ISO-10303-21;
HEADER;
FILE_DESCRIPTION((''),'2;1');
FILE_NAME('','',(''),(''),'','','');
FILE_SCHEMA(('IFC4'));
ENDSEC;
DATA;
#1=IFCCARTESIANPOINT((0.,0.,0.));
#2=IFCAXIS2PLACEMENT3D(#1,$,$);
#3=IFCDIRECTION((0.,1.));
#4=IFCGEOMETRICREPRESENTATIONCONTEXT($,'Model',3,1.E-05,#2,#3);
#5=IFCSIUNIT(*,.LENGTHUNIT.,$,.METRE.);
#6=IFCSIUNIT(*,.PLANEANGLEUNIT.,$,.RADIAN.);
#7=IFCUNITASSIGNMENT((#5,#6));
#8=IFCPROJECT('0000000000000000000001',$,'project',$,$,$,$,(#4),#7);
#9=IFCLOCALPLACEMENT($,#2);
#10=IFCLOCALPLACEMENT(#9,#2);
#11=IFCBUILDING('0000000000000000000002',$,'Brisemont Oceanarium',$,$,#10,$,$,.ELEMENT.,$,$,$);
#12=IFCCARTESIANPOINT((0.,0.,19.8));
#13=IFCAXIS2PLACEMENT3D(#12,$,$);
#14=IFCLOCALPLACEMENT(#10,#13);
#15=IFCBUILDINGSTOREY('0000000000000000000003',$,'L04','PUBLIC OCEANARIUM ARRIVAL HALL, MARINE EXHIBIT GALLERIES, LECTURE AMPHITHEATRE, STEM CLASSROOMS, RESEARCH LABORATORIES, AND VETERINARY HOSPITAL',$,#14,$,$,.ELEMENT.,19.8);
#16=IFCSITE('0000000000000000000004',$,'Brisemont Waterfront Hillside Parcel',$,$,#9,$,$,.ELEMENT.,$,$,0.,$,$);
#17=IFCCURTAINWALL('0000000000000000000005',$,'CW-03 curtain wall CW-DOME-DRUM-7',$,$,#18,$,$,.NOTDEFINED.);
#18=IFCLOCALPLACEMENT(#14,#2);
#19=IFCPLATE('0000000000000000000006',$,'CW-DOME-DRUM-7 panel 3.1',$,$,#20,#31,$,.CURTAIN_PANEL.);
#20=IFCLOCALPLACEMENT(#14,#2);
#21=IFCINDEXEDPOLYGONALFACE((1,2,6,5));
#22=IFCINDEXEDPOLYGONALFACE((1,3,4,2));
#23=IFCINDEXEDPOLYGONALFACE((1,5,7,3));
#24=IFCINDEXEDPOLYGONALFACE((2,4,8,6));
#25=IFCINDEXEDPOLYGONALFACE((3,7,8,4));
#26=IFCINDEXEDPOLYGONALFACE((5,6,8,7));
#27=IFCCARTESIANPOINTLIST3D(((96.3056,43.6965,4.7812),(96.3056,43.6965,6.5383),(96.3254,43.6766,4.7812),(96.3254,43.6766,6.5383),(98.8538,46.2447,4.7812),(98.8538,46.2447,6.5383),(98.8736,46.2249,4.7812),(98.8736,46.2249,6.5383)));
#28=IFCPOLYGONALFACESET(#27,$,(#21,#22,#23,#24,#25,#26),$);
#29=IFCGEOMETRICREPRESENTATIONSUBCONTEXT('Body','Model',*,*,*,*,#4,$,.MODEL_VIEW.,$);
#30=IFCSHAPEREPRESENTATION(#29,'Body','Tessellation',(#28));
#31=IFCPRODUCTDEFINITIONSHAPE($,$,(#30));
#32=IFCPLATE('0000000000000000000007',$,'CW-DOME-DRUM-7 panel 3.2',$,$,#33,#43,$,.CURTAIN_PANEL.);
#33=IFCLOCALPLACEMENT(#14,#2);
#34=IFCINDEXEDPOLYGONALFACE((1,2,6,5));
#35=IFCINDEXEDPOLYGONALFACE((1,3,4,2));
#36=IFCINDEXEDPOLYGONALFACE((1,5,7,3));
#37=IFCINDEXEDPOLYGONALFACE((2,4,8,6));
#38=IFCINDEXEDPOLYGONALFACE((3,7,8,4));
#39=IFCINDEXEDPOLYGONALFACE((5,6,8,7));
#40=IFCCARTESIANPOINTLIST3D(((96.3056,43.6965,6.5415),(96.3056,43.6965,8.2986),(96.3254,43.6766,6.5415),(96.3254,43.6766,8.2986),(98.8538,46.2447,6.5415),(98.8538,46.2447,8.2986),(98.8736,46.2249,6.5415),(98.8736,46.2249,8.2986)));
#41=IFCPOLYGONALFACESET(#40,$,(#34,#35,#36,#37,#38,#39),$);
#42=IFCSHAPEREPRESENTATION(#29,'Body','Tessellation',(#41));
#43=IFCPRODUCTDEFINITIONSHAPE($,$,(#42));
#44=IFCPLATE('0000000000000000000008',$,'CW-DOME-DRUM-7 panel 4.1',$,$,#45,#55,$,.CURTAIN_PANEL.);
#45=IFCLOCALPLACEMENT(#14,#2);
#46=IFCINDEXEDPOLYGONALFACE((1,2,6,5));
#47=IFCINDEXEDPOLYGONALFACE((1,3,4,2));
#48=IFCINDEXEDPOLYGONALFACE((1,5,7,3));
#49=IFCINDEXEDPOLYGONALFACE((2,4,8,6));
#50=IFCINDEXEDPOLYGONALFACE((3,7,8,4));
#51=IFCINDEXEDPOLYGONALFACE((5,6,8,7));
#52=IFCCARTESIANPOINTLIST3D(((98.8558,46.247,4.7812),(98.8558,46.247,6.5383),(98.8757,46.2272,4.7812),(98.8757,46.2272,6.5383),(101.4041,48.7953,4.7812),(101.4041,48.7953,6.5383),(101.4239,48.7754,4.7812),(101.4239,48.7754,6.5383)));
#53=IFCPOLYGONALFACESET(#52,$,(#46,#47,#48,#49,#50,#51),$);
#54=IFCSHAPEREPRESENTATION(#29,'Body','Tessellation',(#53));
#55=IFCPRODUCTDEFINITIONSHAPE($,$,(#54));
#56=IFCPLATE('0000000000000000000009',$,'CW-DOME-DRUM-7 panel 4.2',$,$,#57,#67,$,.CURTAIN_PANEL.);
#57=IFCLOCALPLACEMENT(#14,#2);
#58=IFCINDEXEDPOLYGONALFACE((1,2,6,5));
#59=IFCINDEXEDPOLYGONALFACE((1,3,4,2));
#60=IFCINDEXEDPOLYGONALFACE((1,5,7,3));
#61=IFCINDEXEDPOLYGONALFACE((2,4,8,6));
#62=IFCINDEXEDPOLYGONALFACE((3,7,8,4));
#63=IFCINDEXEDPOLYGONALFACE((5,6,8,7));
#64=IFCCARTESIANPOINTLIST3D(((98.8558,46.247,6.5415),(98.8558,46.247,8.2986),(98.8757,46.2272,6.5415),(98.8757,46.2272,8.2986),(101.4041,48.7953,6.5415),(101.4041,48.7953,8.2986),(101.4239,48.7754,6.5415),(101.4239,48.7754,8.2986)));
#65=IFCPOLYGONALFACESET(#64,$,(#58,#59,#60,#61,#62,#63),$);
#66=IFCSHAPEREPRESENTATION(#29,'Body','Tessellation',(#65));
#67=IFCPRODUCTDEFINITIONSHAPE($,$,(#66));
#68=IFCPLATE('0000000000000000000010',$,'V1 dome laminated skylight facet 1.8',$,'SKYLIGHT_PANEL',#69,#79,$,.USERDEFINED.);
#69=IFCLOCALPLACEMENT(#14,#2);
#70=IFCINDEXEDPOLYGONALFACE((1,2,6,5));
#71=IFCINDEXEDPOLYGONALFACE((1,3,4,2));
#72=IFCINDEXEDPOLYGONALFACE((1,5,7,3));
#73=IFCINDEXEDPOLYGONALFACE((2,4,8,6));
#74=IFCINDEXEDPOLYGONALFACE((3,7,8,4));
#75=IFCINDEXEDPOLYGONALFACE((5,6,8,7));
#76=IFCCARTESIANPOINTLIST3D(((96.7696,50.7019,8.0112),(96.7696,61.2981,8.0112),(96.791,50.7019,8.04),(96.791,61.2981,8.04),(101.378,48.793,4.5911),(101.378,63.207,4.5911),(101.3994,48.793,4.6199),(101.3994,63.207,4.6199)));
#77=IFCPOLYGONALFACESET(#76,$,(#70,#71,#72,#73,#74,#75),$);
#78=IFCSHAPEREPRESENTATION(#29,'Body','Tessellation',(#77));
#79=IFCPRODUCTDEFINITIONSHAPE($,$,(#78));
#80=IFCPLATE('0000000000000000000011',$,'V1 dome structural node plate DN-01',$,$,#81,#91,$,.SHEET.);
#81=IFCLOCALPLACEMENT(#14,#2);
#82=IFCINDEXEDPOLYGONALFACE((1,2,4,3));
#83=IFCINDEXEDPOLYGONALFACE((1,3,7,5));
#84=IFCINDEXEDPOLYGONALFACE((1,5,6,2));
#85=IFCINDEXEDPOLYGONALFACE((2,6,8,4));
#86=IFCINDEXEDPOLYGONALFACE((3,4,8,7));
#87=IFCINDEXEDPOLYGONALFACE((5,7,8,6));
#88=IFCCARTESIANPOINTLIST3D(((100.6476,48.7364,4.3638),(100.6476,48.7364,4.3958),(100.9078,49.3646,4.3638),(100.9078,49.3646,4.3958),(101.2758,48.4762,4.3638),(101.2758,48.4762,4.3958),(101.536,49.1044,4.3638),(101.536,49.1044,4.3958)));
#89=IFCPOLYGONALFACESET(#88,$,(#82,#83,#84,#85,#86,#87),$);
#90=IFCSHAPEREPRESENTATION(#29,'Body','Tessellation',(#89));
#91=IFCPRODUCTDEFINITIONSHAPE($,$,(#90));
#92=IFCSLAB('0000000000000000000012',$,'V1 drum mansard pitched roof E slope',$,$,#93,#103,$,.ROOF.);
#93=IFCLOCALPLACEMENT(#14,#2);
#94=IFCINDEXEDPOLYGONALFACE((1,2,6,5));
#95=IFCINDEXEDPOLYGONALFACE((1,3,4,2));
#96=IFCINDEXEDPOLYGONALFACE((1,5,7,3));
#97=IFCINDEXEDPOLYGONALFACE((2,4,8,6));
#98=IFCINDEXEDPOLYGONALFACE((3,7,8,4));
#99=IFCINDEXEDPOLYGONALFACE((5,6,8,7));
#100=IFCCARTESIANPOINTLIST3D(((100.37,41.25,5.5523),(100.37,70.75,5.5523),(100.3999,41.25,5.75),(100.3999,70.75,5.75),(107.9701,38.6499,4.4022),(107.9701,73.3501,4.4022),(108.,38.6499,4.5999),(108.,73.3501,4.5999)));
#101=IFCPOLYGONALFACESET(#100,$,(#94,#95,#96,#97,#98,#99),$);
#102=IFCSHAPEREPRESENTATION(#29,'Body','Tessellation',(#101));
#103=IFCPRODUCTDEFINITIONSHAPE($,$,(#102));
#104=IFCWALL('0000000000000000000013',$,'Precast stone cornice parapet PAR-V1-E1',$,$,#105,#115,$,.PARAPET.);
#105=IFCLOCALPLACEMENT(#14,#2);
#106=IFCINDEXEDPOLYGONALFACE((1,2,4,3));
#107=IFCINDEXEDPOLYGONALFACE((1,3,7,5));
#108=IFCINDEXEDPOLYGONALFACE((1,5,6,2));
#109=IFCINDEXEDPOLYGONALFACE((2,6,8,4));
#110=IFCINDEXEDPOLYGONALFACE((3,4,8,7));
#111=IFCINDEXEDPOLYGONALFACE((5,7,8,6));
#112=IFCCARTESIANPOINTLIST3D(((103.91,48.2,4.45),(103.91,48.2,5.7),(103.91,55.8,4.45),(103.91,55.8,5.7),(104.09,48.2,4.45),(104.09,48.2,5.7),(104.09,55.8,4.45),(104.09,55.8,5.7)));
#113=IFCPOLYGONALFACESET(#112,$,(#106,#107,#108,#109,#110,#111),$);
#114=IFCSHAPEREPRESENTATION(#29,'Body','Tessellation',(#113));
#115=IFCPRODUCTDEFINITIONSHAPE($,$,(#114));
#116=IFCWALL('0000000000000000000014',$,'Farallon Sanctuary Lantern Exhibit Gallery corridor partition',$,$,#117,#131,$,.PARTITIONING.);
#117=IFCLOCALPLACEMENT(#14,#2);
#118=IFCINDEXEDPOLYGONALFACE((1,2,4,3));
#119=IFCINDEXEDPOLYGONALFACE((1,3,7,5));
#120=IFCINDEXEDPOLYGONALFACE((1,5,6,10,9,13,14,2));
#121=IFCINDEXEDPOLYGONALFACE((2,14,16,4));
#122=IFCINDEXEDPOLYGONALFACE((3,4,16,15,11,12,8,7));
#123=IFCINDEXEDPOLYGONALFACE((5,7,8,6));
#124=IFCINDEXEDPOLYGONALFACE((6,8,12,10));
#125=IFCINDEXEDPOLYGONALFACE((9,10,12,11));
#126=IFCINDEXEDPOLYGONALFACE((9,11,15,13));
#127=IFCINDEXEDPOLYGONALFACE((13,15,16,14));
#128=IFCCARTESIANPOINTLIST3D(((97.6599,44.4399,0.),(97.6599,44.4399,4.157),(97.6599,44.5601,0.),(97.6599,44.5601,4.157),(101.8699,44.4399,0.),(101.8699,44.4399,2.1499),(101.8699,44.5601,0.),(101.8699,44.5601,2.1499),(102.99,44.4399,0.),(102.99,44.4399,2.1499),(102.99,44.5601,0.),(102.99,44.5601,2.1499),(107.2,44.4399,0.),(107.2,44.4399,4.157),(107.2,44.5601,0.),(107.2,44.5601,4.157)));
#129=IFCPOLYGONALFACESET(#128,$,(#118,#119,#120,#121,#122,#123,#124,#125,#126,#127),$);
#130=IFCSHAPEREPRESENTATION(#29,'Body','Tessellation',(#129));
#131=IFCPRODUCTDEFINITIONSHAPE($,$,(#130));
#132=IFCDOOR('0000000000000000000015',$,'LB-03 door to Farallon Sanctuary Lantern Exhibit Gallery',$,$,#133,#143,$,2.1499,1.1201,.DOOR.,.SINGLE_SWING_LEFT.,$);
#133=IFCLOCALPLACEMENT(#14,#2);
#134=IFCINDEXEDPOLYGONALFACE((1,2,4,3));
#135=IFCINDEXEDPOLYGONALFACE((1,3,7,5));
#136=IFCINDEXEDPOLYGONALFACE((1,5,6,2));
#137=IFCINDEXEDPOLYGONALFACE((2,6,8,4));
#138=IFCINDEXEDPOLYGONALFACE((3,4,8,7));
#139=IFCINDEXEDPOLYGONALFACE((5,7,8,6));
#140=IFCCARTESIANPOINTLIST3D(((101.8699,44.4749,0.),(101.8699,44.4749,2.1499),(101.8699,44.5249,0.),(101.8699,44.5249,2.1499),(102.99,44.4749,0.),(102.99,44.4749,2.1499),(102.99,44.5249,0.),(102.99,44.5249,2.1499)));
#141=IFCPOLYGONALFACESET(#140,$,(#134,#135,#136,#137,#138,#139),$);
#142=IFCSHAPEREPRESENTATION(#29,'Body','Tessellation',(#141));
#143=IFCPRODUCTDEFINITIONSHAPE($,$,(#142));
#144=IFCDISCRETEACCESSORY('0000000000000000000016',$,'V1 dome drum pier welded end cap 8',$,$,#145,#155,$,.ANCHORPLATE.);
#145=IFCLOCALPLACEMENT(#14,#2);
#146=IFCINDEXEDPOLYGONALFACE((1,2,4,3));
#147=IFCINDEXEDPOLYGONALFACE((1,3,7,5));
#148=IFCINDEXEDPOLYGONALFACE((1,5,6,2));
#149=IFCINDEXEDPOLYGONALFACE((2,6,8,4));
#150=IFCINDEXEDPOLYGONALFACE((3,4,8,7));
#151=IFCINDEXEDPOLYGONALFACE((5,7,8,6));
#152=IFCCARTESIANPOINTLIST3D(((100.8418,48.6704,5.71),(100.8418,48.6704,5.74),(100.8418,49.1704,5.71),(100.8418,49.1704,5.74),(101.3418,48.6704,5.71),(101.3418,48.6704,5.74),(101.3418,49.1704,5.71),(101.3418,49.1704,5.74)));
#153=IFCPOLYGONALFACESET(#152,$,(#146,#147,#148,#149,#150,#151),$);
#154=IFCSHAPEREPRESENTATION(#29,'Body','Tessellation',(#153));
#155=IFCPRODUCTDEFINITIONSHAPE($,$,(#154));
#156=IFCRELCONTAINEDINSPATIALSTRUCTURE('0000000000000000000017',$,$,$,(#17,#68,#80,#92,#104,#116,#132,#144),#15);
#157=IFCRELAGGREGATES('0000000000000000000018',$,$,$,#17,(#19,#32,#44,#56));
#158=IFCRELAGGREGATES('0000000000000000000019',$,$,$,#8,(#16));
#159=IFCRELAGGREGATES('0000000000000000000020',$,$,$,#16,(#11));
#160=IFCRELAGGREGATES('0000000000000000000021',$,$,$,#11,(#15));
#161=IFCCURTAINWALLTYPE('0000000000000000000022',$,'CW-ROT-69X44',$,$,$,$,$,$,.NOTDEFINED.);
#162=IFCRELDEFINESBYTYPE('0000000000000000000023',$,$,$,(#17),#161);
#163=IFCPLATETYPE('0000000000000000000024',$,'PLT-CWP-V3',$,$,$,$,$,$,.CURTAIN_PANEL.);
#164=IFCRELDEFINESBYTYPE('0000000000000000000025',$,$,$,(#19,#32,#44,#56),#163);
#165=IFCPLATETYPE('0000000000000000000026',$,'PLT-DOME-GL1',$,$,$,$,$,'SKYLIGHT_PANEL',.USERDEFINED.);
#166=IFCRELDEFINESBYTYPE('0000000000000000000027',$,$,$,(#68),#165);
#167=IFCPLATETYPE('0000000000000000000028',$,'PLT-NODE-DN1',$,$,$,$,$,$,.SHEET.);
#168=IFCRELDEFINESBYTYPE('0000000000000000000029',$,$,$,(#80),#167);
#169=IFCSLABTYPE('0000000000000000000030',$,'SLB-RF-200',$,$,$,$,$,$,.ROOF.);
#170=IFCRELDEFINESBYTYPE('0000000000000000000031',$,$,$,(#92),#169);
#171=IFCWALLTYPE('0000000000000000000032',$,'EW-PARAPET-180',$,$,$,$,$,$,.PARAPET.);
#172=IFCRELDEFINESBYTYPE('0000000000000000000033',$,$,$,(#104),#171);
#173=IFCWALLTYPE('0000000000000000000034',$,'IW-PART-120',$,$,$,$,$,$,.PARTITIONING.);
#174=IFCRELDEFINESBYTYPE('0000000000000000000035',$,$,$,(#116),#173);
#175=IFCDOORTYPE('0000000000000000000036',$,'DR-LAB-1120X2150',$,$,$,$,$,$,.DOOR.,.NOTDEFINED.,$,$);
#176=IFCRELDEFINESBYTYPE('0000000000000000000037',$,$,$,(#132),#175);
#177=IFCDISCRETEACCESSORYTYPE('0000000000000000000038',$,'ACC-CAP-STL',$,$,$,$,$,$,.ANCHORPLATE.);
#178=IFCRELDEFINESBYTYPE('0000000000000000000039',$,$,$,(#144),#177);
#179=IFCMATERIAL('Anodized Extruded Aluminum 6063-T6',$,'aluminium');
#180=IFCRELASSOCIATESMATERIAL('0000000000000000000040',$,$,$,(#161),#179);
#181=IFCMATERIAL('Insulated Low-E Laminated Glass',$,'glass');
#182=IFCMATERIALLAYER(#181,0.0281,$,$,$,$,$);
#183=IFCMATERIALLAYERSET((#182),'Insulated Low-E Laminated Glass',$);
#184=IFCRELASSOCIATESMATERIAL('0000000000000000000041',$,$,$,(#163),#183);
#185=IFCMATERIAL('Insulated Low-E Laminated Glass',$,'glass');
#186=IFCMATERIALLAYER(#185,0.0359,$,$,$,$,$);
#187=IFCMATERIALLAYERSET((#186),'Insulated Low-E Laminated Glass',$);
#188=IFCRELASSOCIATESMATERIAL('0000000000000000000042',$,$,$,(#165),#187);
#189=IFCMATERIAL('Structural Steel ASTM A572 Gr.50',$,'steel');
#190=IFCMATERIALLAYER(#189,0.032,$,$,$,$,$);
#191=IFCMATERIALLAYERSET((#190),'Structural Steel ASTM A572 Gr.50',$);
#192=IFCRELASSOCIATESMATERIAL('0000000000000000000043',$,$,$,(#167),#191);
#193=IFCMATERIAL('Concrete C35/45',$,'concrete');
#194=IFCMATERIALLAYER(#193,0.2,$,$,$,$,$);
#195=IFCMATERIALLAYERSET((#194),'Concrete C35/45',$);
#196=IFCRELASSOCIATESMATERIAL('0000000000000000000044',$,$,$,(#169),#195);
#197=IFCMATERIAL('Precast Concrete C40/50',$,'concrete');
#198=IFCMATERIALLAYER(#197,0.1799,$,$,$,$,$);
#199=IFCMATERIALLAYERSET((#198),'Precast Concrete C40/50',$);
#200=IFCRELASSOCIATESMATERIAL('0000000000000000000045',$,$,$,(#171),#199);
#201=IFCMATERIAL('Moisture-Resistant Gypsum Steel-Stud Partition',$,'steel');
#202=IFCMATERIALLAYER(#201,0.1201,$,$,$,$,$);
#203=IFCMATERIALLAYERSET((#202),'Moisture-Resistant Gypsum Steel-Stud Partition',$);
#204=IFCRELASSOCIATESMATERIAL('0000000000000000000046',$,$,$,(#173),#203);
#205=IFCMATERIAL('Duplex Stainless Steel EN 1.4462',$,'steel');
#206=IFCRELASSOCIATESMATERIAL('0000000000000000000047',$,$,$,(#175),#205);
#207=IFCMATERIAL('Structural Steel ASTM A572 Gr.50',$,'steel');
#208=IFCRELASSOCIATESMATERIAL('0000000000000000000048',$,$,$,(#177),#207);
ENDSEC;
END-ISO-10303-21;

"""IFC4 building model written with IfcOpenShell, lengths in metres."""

from ifc_helpers import new_model, si_unit, direction, frame, frame_2d, origin, origin_2d, place, context, subcontext, project, spatial, polyline, rectangle, outline, extrude, material, layer, layer_set, type_object, element, fill, aggregate, save


model = new_model("IFC4")

# Units and contexts
model_context = context("Model", 3, precision=1e-05, world=origin(), true_north=direction((0.0, 1.0)))
body_context = subcontext(model_context, "Body", "Model", "MODEL_VIEW")
ifc_project = project(units=[si_unit("LENGTHUNIT", "METRE"), si_unit("PLANEANGLEUNIT", "RADIAN")], contexts=[model_context])

# Site, building, storey
site_placement = place(None, origin())
site = spatial("IfcSite", under=ifc_project, at=site_placement, Name="Brisemont Waterfront Hillside Parcel", CompositionType="ELEMENT", RefElevation=0.0)
building_placement = place(site_placement, origin())
building = spatial("IfcBuilding", under=site, at=building_placement, Name="Brisemont Oceanarium", CompositionType="ELEMENT")
storey_placement = place(building_placement, frame((0.0, 0.0, 19.8)))
storey = spatial("IfcBuildingStorey", under=building, at=storey_placement, Name="L04", Description="PUBLIC OCEANARIUM ARRIVAL HALL, MARINE EXHIBIT GALLERIES, LECTURE AMPHITHEATRE, STEM CLASSROOMS, RESEARCH LABORATORIES, AND VETERINARY HOSPITAL", CompositionType="ELEMENT", Elevation=19.8)

# Curtain wall
ifc_material_1 = material(Name="Anodized Extruded Aluminum 6063-T6", Category="aluminium")
curtain_wall_type = type_object("IfcCurtainWallType", Name="CW-ROT-69X44", PredefinedType="NOTDEFINED", material=ifc_material_1)
curtain_wall_1_placement = place(storey_placement, origin())
curtain_wall_1 = element("IfcCurtainWall", 1, at=curtain_wall_1_placement, inside=storey, type_object=curtain_wall_type, Name="CW-03 curtain wall CW-DOME-DRUM-7", PredefinedType="NOTDEFINED")

# Plates
ifc_material_2 = material(Name="Insulated Low-E Laminated Glass", Category="glass")
ifc_layer_1 = layer(ifc_material_2, 0.0281)
ifc_layer_set_1 = layer_set([ifc_layer_1], Name="Insulated Low-E Laminated Glass")
plate_type_1 = type_object("IfcPlateType", Name="PLT-CWP-V3", PredefinedType="CURTAIN_PANEL", material=ifc_layer_set_1)
plate_1_placement = place(storey_placement, frame((97.5896, 44.9607, 4.7812), z_axis=(0.0, 0.0, 1.0), x_axis=(0.707107, 0.707107, 0.0)))
plate_1 = element("IfcPlate", 2, at=plate_1_placement, type_object=plate_type_1, Name="CW-DOME-DRUM-7 panel 3.1", PredefinedType="CURTAIN_PANEL", context=body_context, shape_type="SweptSolid", body=[
    extrude(rectangle(XDim=3.6038, YDim=0.0281, at=origin_2d()), origin(), (0.0, 0.0, 1.0), 1.7571),
])
plate_2_placement = place(storey_placement, frame((97.5896, 44.9607, 6.5415), z_axis=(0.0, 0.0, 1.0), x_axis=(0.707107, 0.707107, 0.0)))
plate_2 = element("IfcPlate", 3, at=plate_2_placement, type_object=plate_type_1, Name="CW-DOME-DRUM-7 panel 3.2", PredefinedType="CURTAIN_PANEL", context=body_context, shape_type="SweptSolid", body=[
    extrude(rectangle(XDim=3.6038, YDim=0.0281, at=origin_2d()), origin(), (0.0, 0.0, 1.0), 1.7571),
])
plate_3_placement = place(storey_placement, frame((100.1399, 47.5112, 4.7812), z_axis=(0.0, 0.0, 1.0), x_axis=(0.707107, 0.707107, 0.0)))
plate_3 = element("IfcPlate", 4, at=plate_3_placement, type_object=plate_type_1, Name="CW-DOME-DRUM-7 panel 4.1", PredefinedType="CURTAIN_PANEL", context=body_context, shape_type="SweptSolid", body=[
    extrude(rectangle(XDim=3.6038, YDim=0.0281, at=origin_2d()), origin(), (0.0, 0.0, 1.0), 1.7571),
])
plate_4_placement = place(storey_placement, frame((100.1399, 47.5112, 6.5415), z_axis=(0.0, 0.0, 1.0), x_axis=(0.707107, 0.707107, 0.0)))
plate_4 = element("IfcPlate", 5, at=plate_4_placement, type_object=plate_type_1, Name="CW-DOME-DRUM-7 panel 4.2", PredefinedType="CURTAIN_PANEL", context=body_context, shape_type="SweptSolid", body=[
    extrude(rectangle(XDim=3.6038, YDim=0.0281, at=origin_2d()), origin(), (0.0, 0.0, 1.0), 1.7571),
])
aggregate(curtain_wall_1, [plate_1, plate_2, plate_3, plate_4])

# Plates
ifc_material_3 = material(Name="Insulated Low-E Laminated Glass", Category="glass")
ifc_layer_2 = layer(ifc_material_3, 0.0359)
ifc_layer_set_2 = layer_set([ifc_layer_2], Name="Insulated Low-E Laminated Glass")
plate_type_2 = type_object("IfcPlateType", Name="PLT-DOME-GL1", ElementType="SKYLIGHT_PANEL", PredefinedType="USERDEFINED", material=ifc_layer_set_2)
plate_5_placement = place(storey_placement, frame((101.3994, 48.793, 4.6199), z_axis=(0.595963, 0.0, 0.803012), x_axis=(0.0, 1.0, 0.0)))
element("IfcPlate", 6, at=plate_5_placement, inside=storey, type_object=plate_type_2, Name="V1 dome laminated skylight facet 1.8", ObjectType="SKYLIGHT_PANEL", PredefinedType="USERDEFINED", context=body_context, shape_type="SweptSolid", body=[
    extrude(outline(polyline([(0.0, 0.0), (14.4141, 0.0), (12.5051, 5.7389), (1.9089, 5.7389), (0.0, 0.0)])), origin(), (0.0, 0.0, -1.0), 0.0359),
])
ifc_material_4 = material(Name="Structural Steel ASTM A572 Gr.50", Category="steel")
ifc_layer_3 = layer(ifc_material_4, 0.032)
ifc_layer_set_3 = layer_set([ifc_layer_3], Name="Structural Steel ASTM A572 Gr.50")
plate_type_3 = type_object("IfcPlateType", Name="PLT-NODE-DN1", PredefinedType="SHEET", material=ifc_layer_set_3)
plate_6_placement = place(storey_placement, frame((101.0918, 48.9204, 4.3638), z_axis=(0.0, 0.0, 1.0), x_axis=(0.92388, -0.382683, 0.0)))
element("IfcPlate", 7, at=plate_6_placement, inside=storey, type_object=plate_type_3, Name="V1 dome structural node plate DN-01", PredefinedType="SHEET", context=body_context, shape_type="SweptSolid", body=[
    extrude(rectangle(XDim=0.6799, YDim=0.6799, at=origin_2d()), origin(), (0.0, 0.0, 1.0), 0.032),
])

# Slab
ifc_material_5 = material(Name="Concrete C35/45", Category="concrete")
ifc_layer_4 = layer(ifc_material_5, 0.2)
ifc_layer_set_4 = layer_set([ifc_layer_4], Name="Concrete C35/45")
slab_type = type_object("IfcSlabType", Name="SLB-RF-200", PredefinedType="ROOF", material=ifc_layer_set_4)
slab_placement = place(storey_placement, frame((100.3999, 41.25, 5.75), z_axis=(0.149629, 0.0, 0.988742), x_axis=(0.936609, -0.320427, -0.14174)))
element("IfcSlab", 8, at=slab_placement, inside=storey, type_object=slab_type, Name="V1 drum mansard pitched roof E slope", PredefinedType="ROOF", context=body_context, shape_type="SweptSolid", body=[
    extrude(outline(polyline([(0.0, 0.0), (8.1145, 0.0), (-3.0044, 32.8706), (-9.4526, 27.9446), (0.0, 0.0)])), origin(), (0.0, 0.0, -1.0), 0.2),
])

# Wall
ifc_material_6 = material(Name="Precast Concrete C40/50", Category="concrete")
ifc_layer_5 = layer(ifc_material_6, 0.1799)
ifc_layer_set_5 = layer_set([ifc_layer_5], Name="Precast Concrete C40/50")
wall_type_1 = type_object("IfcWallType", Name="EW-PARAPET-180", PredefinedType="PARAPET", material=ifc_layer_set_5)
wall_1_placement = place(storey_placement, frame((104.0, 48.2, 4.45), z_axis=(0.0, 0.0, 1.0), x_axis=(0.0, 1.0, 0.0)))
element("IfcWall", 9, at=wall_1_placement, inside=storey, type_object=wall_type_1, Name="Precast stone cornice parapet PAR-V1-E1", PredefinedType="PARAPET", context=body_context, shape_type="SweptSolid", body=[
    extrude(rectangle(XDim=7.6001, YDim=0.1799, at=frame_2d((3.8, 0.0))), origin(), (0.0, 0.0, 1.0), 1.25),
])

# Wall, opening, door
ifc_material_7 = material(Name="Moisture-Resistant Gypsum Steel-Stud Partition", Category="steel")
ifc_layer_6 = layer(ifc_material_7, 0.1201)
ifc_layer_set_6 = layer_set([ifc_layer_6], Name="Moisture-Resistant Gypsum Steel-Stud Partition")
wall_type_2 = type_object("IfcWallType", Name="IW-PART-120", PredefinedType="PARTITIONING", material=ifc_layer_set_6)
wall_2_placement = place(storey_placement, frame((97.6599, 44.5, 0.0), z_axis=(0.0, 0.0, 1.0), x_axis=(1.0, 0.0, 0.0)))
wall_2 = element("IfcWall", 10, at=wall_2_placement, inside=storey, type_object=wall_type_2, Name="Farallon Sanctuary Lantern Exhibit Gallery corridor partition", PredefinedType="PARTITIONING", context=body_context, shape_type="SweptSolid", body=[
    extrude(rectangle(XDim=9.54, YDim=0.1201, at=frame_2d((4.77, 0.0))), origin(), (0.0, 0.0, 1.0), 4.157),
])
opening_placement = place(wall_2_placement, frame((4.21, 0.0, 0.0)))
opening = element("IfcOpeningElement", 11, at=opening_placement, cuts=wall_2, PredefinedType="OPENING", context=body_context, shape_type="SweptSolid", body=[
    extrude(rectangle(XDim=1.1201, YDim=2.1499, at=frame_2d((0.5601, 1.075))), frame((0.0, 0.0701, 0.0), z_axis=(0.0, -1.0, 0.0), x_axis=(1.0, 0.0, 0.0)), (0.0, 0.0, 1.0), 0.1401),
])
ifc_material_8 = material(Name="Duplex Stainless Steel EN 1.4462", Category="steel")
door_type = type_object("IfcDoorType", Name="DR-LAB-1120X2150", OperationType="NOTDEFINED", PredefinedType="DOOR", material=ifc_material_8)
door_placement = place(opening_placement, origin())
door = element("IfcDoor", 12, at=door_placement, inside=storey, type_object=door_type, Name="LB-03 door to Farallon Sanctuary Lantern Exhibit Gallery", OperationType="SINGLE_SWING_LEFT", OverallHeight=2.1499, OverallWidth=1.1201, PredefinedType="DOOR", context=body_context, shape_type="SweptSolid", body=[
    extrude(rectangle(XDim=1.1201, YDim=2.1499, at=frame_2d((0.5601, 1.075))), frame((0.0, 0.0249, 0.0), z_axis=(0.0, -1.0, 0.0), x_axis=(1.0, 0.0, 0.0)), (0.0, 0.0, 1.0), 0.05),
])
fill(opening, door)

# Discrete accessory
ifc_material_9 = material(Name="Structural Steel ASTM A572 Gr.50", Category="steel")
discrete_accessory_type = type_object("IfcDiscreteAccessoryType", Name="ACC-CAP-STL", PredefinedType="ANCHORPLATE", material=ifc_material_9)
discrete_accessory_placement = place(storey_placement, frame((101.0918, 48.9204, 5.71), z_axis=(0.0, 0.0, 1.0), x_axis=(1.0, 0.0, 0.0)))
element("IfcDiscreteAccessory", 13, at=discrete_accessory_placement, inside=storey, type_object=discrete_accessory_type, Name="V1 dome drum pier welded end cap 8", PredefinedType="ANCHORPLATE", context=body_context, shape_type="SweptSolid", body=[
    extrude(rectangle(XDim=0.5, YDim=0.5, at=origin_2d()), origin(), (0.0, 0.0, 1.0), 0.03),
])

save(model, "model.ifc")
